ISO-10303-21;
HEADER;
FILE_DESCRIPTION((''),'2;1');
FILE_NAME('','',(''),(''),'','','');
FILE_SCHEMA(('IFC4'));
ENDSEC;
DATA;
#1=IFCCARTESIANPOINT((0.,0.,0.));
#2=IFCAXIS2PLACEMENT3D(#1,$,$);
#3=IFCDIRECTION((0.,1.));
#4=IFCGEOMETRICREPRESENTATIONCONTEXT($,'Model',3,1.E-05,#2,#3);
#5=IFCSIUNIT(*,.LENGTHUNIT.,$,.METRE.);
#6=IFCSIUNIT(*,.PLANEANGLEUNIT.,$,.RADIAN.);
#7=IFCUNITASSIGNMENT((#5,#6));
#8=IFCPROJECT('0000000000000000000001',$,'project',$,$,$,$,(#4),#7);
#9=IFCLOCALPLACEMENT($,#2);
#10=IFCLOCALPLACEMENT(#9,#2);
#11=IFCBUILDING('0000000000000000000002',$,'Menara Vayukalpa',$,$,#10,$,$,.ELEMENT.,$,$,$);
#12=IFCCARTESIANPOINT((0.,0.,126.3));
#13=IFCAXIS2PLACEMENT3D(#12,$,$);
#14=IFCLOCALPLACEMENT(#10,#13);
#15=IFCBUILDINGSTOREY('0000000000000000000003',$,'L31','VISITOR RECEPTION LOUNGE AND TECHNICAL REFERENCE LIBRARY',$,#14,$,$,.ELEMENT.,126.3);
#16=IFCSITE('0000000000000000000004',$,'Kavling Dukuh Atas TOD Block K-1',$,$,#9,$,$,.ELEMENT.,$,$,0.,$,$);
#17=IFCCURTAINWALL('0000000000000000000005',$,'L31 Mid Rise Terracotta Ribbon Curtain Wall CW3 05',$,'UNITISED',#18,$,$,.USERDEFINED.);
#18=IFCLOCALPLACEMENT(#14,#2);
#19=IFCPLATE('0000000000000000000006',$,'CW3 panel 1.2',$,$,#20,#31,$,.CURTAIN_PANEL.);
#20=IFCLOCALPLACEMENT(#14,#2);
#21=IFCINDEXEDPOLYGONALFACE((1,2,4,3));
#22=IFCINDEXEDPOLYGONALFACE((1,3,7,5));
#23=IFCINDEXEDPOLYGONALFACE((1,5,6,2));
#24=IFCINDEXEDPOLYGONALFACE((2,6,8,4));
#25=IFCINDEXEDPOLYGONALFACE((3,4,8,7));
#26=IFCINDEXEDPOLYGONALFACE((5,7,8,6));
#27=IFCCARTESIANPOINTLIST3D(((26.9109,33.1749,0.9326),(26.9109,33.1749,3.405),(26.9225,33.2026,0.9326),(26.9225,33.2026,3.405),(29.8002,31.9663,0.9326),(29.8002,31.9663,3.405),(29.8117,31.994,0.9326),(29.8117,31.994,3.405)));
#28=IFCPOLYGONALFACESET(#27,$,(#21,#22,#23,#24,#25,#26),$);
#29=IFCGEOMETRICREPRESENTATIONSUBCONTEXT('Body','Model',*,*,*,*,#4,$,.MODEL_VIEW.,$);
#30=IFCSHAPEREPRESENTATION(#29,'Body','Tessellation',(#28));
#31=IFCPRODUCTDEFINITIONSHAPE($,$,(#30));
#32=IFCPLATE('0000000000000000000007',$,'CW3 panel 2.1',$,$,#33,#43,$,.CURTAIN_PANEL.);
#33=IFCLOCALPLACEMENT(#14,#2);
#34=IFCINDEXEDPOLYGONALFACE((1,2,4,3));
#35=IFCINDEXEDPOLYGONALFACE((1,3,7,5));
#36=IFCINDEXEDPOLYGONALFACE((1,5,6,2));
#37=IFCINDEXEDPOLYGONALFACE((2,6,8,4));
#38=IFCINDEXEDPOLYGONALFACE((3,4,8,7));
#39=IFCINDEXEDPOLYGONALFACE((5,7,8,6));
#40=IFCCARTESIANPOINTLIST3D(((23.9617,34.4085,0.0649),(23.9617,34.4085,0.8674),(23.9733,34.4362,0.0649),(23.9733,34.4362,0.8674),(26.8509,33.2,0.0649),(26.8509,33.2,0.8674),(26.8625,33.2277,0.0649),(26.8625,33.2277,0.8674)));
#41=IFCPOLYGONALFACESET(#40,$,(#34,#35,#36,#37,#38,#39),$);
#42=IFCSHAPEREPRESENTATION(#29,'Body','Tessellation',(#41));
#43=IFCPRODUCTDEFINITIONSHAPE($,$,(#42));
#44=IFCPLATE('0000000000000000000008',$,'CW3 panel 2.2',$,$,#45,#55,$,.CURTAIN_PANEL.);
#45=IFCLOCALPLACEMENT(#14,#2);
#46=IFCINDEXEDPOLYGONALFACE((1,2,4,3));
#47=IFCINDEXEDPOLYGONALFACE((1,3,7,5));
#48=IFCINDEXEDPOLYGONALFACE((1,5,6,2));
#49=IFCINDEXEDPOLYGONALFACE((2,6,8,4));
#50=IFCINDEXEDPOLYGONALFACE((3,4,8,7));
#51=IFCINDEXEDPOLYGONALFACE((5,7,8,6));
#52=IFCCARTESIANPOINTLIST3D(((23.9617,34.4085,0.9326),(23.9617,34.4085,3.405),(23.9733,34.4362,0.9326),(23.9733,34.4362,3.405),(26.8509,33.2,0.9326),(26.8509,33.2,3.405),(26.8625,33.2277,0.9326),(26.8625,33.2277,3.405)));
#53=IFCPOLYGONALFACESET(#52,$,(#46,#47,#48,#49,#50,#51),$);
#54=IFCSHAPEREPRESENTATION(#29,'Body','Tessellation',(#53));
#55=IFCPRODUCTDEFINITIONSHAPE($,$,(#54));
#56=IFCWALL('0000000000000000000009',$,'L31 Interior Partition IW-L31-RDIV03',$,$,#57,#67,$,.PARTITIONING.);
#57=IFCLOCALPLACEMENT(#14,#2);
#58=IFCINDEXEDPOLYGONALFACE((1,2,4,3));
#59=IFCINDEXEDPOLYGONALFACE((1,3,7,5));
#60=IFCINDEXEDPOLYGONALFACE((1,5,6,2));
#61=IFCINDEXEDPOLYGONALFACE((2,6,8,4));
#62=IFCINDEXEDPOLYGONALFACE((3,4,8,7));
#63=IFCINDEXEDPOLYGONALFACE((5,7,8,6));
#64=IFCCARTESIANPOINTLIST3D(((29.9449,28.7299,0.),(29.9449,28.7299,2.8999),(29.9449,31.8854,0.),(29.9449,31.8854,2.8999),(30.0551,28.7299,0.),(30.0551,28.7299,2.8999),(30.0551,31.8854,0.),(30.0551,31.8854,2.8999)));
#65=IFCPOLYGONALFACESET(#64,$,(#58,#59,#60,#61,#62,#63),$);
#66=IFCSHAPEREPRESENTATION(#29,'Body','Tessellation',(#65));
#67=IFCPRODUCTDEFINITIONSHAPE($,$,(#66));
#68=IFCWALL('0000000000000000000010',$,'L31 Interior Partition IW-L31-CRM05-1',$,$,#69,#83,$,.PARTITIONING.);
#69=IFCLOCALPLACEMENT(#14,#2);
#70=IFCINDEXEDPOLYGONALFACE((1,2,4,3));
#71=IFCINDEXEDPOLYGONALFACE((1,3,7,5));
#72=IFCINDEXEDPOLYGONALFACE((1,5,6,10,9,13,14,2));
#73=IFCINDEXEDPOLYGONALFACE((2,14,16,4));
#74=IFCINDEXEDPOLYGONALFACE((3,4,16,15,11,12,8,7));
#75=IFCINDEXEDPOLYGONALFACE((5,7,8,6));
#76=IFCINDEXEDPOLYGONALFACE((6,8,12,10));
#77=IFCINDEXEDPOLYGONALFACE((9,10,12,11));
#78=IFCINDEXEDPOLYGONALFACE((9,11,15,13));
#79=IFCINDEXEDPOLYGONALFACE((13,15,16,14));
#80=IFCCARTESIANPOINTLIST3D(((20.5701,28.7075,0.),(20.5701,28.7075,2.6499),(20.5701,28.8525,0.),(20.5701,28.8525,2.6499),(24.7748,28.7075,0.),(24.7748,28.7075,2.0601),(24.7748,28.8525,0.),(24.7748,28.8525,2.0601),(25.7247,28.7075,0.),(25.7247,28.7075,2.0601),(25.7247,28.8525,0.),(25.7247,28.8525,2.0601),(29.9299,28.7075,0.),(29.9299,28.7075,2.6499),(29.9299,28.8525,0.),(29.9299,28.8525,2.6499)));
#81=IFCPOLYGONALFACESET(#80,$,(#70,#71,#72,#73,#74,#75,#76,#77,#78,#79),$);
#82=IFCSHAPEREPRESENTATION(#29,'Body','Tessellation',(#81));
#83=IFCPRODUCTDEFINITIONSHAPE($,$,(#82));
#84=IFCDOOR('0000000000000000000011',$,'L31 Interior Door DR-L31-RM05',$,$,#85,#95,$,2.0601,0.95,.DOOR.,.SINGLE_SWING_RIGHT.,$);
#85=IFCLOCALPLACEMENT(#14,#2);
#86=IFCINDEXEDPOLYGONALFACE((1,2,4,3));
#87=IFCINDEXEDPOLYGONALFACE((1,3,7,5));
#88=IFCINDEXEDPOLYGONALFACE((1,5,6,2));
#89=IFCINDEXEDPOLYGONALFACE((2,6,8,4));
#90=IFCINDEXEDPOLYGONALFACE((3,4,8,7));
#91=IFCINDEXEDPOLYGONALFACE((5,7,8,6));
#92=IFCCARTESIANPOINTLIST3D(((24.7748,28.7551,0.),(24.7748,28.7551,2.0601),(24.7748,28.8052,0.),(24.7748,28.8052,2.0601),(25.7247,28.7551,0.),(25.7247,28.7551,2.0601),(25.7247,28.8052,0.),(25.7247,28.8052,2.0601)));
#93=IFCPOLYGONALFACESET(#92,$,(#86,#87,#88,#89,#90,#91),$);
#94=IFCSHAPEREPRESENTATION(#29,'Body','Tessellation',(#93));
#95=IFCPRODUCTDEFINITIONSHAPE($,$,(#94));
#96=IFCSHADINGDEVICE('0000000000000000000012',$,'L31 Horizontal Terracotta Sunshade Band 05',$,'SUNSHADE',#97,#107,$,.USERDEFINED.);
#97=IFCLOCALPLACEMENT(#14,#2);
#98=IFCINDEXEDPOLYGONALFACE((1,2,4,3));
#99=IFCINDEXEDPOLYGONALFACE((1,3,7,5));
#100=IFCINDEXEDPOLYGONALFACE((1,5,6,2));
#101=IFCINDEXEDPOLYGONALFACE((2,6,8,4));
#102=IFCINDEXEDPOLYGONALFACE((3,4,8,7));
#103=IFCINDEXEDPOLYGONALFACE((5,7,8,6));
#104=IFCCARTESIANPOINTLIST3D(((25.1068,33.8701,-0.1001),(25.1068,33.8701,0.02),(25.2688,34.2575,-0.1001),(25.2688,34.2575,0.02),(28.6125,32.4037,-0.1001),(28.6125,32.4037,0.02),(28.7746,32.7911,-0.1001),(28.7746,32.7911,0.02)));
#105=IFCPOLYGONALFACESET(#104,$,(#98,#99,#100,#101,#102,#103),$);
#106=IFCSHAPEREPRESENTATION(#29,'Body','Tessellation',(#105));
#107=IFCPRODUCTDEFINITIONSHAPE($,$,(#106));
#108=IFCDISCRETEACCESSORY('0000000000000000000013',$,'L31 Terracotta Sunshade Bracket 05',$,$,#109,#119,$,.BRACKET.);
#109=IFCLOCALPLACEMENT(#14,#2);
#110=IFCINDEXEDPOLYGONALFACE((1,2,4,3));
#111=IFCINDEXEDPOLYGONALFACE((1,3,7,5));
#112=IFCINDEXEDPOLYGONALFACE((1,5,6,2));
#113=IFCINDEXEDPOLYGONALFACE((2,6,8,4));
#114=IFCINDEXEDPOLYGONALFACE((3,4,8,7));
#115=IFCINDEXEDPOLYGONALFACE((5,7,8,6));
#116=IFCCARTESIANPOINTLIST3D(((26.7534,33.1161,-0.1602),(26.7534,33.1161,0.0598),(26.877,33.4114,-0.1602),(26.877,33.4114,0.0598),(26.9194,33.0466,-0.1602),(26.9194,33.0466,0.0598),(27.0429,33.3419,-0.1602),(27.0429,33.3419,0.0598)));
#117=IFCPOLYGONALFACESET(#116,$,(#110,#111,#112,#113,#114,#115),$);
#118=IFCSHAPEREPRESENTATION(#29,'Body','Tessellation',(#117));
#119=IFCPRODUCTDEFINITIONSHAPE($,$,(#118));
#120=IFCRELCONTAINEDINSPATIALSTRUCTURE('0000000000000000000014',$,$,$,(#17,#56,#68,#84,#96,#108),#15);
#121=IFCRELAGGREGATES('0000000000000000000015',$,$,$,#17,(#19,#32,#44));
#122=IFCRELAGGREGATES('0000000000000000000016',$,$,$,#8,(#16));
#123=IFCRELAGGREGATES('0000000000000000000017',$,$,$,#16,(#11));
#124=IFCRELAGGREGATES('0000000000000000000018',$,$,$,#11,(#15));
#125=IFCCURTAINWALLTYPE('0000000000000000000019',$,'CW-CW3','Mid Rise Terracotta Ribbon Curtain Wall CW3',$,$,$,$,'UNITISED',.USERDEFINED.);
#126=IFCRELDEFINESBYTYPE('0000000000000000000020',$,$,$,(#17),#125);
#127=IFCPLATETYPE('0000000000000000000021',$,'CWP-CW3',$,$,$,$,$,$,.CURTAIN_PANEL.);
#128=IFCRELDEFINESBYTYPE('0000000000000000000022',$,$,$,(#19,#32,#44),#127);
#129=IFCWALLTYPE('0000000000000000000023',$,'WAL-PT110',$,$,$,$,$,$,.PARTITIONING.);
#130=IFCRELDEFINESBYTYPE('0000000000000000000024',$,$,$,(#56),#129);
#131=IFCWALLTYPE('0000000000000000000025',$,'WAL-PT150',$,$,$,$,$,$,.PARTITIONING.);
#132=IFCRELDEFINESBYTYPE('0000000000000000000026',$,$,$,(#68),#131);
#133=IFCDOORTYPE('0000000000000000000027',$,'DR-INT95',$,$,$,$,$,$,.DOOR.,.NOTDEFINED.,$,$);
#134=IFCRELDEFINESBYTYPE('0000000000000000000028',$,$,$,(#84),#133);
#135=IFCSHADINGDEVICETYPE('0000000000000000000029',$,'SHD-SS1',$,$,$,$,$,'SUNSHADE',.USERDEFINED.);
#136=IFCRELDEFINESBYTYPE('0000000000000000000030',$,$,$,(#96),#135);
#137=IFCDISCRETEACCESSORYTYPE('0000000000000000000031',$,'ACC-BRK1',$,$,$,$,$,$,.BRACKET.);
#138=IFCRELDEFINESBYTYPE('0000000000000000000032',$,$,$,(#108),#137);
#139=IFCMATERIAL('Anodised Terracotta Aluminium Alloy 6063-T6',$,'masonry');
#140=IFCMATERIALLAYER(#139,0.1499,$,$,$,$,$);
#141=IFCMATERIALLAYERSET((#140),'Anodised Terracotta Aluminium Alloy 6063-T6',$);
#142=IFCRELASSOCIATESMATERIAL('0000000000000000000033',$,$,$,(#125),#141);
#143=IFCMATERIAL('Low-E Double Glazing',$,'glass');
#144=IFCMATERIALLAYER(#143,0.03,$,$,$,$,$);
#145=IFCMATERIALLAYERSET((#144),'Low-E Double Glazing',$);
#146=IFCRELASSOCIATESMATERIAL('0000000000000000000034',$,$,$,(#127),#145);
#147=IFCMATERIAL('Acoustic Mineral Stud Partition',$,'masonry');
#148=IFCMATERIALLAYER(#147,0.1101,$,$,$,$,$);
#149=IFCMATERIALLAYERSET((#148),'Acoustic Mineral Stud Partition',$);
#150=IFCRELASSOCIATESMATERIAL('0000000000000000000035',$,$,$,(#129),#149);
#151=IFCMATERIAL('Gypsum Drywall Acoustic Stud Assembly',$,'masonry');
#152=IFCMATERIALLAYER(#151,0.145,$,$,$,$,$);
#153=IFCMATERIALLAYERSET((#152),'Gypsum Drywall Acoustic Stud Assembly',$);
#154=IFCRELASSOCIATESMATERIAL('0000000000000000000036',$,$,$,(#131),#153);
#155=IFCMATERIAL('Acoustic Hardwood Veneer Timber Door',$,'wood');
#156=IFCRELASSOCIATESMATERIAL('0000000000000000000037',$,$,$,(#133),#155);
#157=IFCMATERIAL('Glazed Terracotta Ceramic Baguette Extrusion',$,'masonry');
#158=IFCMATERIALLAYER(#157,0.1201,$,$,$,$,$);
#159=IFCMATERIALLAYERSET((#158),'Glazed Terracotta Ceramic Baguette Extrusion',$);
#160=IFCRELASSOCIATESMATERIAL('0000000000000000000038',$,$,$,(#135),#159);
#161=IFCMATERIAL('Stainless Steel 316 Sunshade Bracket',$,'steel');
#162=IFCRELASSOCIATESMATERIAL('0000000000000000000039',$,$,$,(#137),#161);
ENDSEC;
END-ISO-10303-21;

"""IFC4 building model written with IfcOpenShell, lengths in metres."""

from ifc_helpers import new_model, si_unit, direction, frame, frame_2d, origin, origin_2d, place, context, subcontext, project, spatial, rectangle, extrude, material, layer, layer_set, type_object, element, fill, aggregate, save


model = new_model("IFC4")

# Units and contexts
model_context = context("Model", 3, precision=1e-05, world=origin(), true_north=direction((0.0, 1.0)))
body_context = subcontext(model_context, "Body", "Model", "MODEL_VIEW")
ifc_project = project(units=[si_unit("LENGTHUNIT", "METRE"), si_unit("PLANEANGLEUNIT", "RADIAN")], contexts=[model_context])

# Site, building, storey
site_placement = place(None, origin())
site = spatial("IfcSite", under=ifc_project, at=site_placement, Name="Kavling Dukuh Atas TOD Block K-1", CompositionType="ELEMENT", RefElevation=0.0)
building_placement = place(site_placement, origin())
building = spatial("IfcBuilding", under=site, at=building_placement, Name="Menara Vayukalpa", CompositionType="ELEMENT")
storey_placement = place(building_placement, frame((0.0, 0.0, 126.3)))
storey = spatial("IfcBuildingStorey", under=building, at=storey_placement, Name="L31", Description="VISITOR RECEPTION LOUNGE AND TECHNICAL REFERENCE LIBRARY", CompositionType="ELEMENT", Elevation=126.3)

# Shared definitions
ifc_material_1 = material(Name="Anodised Terracotta Aluminium Alloy 6063-T6", Category="masonry")
ifc_layer_1 = layer(ifc_material_1, 0.1499)
ifc_layer_set_1 = layer_set([ifc_layer_1], Name="Anodised Terracotta Aluminium Alloy 6063-T6")
curtain_wall_type = type_object("IfcCurtainWallType", Name="CW-CW3", Description="Mid Rise Terracotta Ribbon Curtain Wall CW3", ElementType="UNITISED", PredefinedType="USERDEFINED", material=ifc_layer_set_1)

# Curtain wall, plates
curtain_wall_1_placement = place(storey_placement, origin())
curtain_wall_1 = element("IfcCurtainWall", 1, at=curtain_wall_1_placement, inside=storey, type_object=curtain_wall_type, Name="L31 Mid Rise Terracotta Ribbon Curtain Wall CW3 05", ObjectType="UNITISED", PredefinedType="USERDEFINED")
ifc_material_2 = material(Name="Low-E Double Glazing", Category="glass")
ifc_layer_2 = layer(ifc_material_2, 0.03)
ifc_layer_set_2 = layer_set([ifc_layer_2], Name="Low-E Double Glazing")
plate_type = type_object("IfcPlateType", Name="CWP-CW3", PredefinedType="CURTAIN_PANEL", material=ifc_layer_set_2)
plate_1_placement = place(storey_placement, frame((28.3613, 32.5845, 0.9326), z_axis=(0.0, 0.0, 1.0), x_axis=(-0.922543, 0.385894, 0.0)))
plate_1 = element("IfcPlate", 2, at=plate_1_placement, type_object=plate_type, Name="CW3 panel 1.2", PredefinedType="CURTAIN_PANEL", context=body_context, shape_type="SweptSolid", body=[
    extrude(rectangle(XDim=3.1318, YDim=0.03, at=origin_2d()), origin(), (0.0, 0.0, 1.0), 2.4724),
])
plate_2_placement = place(storey_placement, frame((25.4121, 33.8181, 0.0649), z_axis=(0.0, 0.0, 1.0), x_axis=(-0.922543, 0.385894, 0.0)))
plate_2 = element("IfcPlate", 3, at=plate_2_placement, type_object=plate_type, Name="CW3 panel 2.1", PredefinedType="CURTAIN_PANEL", context=body_context, shape_type="SweptSolid", body=[
    extrude(rectangle(XDim=3.1318, YDim=0.03, at=origin_2d()), origin(), (0.0, 0.0, 1.0), 0.8025),
])
plate_3_placement = place(storey_placement, frame((25.4121, 33.8181, 0.9326), z_axis=(0.0, 0.0, 1.0), x_axis=(-0.922543, 0.385894, 0.0)))
plate_3 = element("IfcPlate", 4, at=plate_3_placement, type_object=plate_type, Name="CW3 panel 2.2", PredefinedType="CURTAIN_PANEL", context=body_context, shape_type="SweptSolid", body=[
    extrude(rectangle(XDim=3.1318, YDim=0.03, at=origin_2d()), origin(), (0.0, 0.0, 1.0), 2.4724),
])
aggregate(curtain_wall_1, [plate_1, plate_2, plate_3])

# Wall
ifc_material_3 = material(Name="Acoustic Mineral Stud Partition", Category="masonry")
ifc_layer_3 = layer(ifc_material_3, 0.1101)
ifc_layer_set_3 = layer_set([ifc_layer_3], Name="Acoustic Mineral Stud Partition")
wall_type_1 = type_object("IfcWallType", Name="WAL-PT110", PredefinedType="PARTITIONING", material=ifc_layer_set_3)
wall_1_placement = place(storey_placement, frame((30.0, 28.73, 0.0), z_axis=(0.0, 0.0, 1.0), x_axis=(0.0, 1.0, 0.0)))
element("IfcWall", 5, at=wall_1_placement, inside=storey, type_object=wall_type_1, Name="L31 Interior Partition IW-L31-RDIV03", PredefinedType="PARTITIONING", context=body_context, shape_type="SweptSolid", body=[
    extrude(rectangle(XDim=3.1555, YDim=0.1101, at=frame_2d((1.5776, 0.0))), origin(), (0.0, 0.0, 1.0), 2.8999),
])

# Wall, opening, door
ifc_material_4 = material(Name="Gypsum Drywall Acoustic Stud Assembly", Category="masonry")
ifc_layer_4 = layer(ifc_material_4, 0.145)
ifc_layer_set_4 = layer_set([ifc_layer_4], Name="Gypsum Drywall Acoustic Stud Assembly")
wall_type_2 = type_object("IfcWallType", Name="WAL-PT150", PredefinedType="PARTITIONING", material=ifc_layer_set_4)
wall_2_placement = place(storey_placement, frame((29.9299, 28.78, 0.0), z_axis=(0.0, 0.0, 1.0), x_axis=(-1.0, 0.0, 0.0)))
wall_2 = element("IfcWall", 6, at=wall_2_placement, inside=storey, type_object=wall_type_2, Name="L31 Interior Partition IW-L31-CRM05-1", PredefinedType="PARTITIONING", context=body_context, shape_type="SweptSolid", body=[
    extrude(rectangle(XDim=9.3599, YDim=0.145, at=frame_2d((4.6799, 0.0))), origin(), (0.0, 0.0, 1.0), 2.6499),
])
opening_placement = place(wall_2_placement, frame((4.2051, 0.0, 0.0)))
opening = element("IfcOpeningElement", 7, at=opening_placement, cuts=wall_2, PredefinedType="OPENING", context=body_context, shape_type="SweptSolid", body=[
    extrude(rectangle(XDim=0.95, YDim=2.0601, at=frame_2d((0.4751, 1.03))), frame((0.0, 0.0825, 0.0), z_axis=(0.0, -1.0, 0.0), x_axis=(1.0, 0.0, 0.0)), (0.0, 0.0, 1.0), 0.165),
])
ifc_material_5 = material(Name="Acoustic Hardwood Veneer Timber Door", Category="wood")
door_type = type_object("IfcDoorType", Name="DR-INT95", OperationType="NOTDEFINED", PredefinedType="DOOR", material=ifc_material_5)
door_placement = place(opening_placement, origin())
door = element("IfcDoor", 8, at=door_placement, inside=storey, type_object=door_type, Name="L31 Interior Door DR-L31-RM05", OperationType="SINGLE_SWING_RIGHT", OverallHeight=2.0601, OverallWidth=0.95, PredefinedType="DOOR", context=body_context, shape_type="SweptSolid", body=[
    extrude(rectangle(XDim=0.95, YDim=2.0601, at=frame_2d((0.4751, 1.03))), frame((0.0, 0.0249, 0.0), z_axis=(0.0, -1.0, 0.0), x_axis=(1.0, 0.0, 0.0)), (0.0, 0.0, 1.0), 0.05),
])
fill(opening, door)

# Shading device
ifc_material_6 = material(Name="Glazed Terracotta Ceramic Baguette Extrusion", Category="masonry")
ifc_layer_5 = layer(ifc_material_6, 0.1201)
ifc_layer_set_5 = layer_set([ifc_layer_5], Name="Glazed Terracotta Ceramic Baguette Extrusion")
shading_device_type = type_object("IfcShadingDeviceType", Name="SHD-SS1", ElementType="SUNSHADE", PredefinedType="USERDEFINED", material=ifc_layer_set_5)
shading_device_placement = place(storey_placement, frame((26.9407, 33.3306, -0.1001), z_axis=(0.0, 0.0, 1.0), x_axis=(-0.922545, 0.38589, 0.0)))
element("IfcShadingDevice", 9, at=shading_device_placement, inside=storey, type_object=shading_device_type, Name="L31 Horizontal Terracotta Sunshade Band 05", ObjectType="SUNSHADE", PredefinedType="USERDEFINED", context=body_context, shape_type="SweptSolid", body=[
    extrude(rectangle(XDim=3.8, YDim=0.4199, at=origin_2d()), origin(), (0.0, 0.0, 1.0), 0.1201),
])

# Discrete accessory
ifc_material_7 = material(Name="Stainless Steel 316 Sunshade Bracket", Category="steel")
discrete_accessory_type = type_object("IfcDiscreteAccessoryType", Name="ACC-BRK1", PredefinedType="BRACKET", material=ifc_material_7)
discrete_accessory_placement = place(storey_placement, frame((26.8982, 33.229, -0.1602), z_axis=(0.0, 0.0, 1.0), x_axis=(-0.922545, 0.38589, 0.0)))
element("IfcDiscreteAccessory", 10, at=discrete_accessory_placement, inside=storey, type_object=discrete_accessory_type, Name="L31 Terracotta Sunshade Bracket 05", PredefinedType="BRACKET", context=body_context, shape_type="SweptSolid", body=[
    extrude(rectangle(XDim=0.1799, YDim=0.3201, at=origin_2d()), origin(), (0.0, 0.0, 1.0), 0.22),
])

save(model, "model.ifc")
